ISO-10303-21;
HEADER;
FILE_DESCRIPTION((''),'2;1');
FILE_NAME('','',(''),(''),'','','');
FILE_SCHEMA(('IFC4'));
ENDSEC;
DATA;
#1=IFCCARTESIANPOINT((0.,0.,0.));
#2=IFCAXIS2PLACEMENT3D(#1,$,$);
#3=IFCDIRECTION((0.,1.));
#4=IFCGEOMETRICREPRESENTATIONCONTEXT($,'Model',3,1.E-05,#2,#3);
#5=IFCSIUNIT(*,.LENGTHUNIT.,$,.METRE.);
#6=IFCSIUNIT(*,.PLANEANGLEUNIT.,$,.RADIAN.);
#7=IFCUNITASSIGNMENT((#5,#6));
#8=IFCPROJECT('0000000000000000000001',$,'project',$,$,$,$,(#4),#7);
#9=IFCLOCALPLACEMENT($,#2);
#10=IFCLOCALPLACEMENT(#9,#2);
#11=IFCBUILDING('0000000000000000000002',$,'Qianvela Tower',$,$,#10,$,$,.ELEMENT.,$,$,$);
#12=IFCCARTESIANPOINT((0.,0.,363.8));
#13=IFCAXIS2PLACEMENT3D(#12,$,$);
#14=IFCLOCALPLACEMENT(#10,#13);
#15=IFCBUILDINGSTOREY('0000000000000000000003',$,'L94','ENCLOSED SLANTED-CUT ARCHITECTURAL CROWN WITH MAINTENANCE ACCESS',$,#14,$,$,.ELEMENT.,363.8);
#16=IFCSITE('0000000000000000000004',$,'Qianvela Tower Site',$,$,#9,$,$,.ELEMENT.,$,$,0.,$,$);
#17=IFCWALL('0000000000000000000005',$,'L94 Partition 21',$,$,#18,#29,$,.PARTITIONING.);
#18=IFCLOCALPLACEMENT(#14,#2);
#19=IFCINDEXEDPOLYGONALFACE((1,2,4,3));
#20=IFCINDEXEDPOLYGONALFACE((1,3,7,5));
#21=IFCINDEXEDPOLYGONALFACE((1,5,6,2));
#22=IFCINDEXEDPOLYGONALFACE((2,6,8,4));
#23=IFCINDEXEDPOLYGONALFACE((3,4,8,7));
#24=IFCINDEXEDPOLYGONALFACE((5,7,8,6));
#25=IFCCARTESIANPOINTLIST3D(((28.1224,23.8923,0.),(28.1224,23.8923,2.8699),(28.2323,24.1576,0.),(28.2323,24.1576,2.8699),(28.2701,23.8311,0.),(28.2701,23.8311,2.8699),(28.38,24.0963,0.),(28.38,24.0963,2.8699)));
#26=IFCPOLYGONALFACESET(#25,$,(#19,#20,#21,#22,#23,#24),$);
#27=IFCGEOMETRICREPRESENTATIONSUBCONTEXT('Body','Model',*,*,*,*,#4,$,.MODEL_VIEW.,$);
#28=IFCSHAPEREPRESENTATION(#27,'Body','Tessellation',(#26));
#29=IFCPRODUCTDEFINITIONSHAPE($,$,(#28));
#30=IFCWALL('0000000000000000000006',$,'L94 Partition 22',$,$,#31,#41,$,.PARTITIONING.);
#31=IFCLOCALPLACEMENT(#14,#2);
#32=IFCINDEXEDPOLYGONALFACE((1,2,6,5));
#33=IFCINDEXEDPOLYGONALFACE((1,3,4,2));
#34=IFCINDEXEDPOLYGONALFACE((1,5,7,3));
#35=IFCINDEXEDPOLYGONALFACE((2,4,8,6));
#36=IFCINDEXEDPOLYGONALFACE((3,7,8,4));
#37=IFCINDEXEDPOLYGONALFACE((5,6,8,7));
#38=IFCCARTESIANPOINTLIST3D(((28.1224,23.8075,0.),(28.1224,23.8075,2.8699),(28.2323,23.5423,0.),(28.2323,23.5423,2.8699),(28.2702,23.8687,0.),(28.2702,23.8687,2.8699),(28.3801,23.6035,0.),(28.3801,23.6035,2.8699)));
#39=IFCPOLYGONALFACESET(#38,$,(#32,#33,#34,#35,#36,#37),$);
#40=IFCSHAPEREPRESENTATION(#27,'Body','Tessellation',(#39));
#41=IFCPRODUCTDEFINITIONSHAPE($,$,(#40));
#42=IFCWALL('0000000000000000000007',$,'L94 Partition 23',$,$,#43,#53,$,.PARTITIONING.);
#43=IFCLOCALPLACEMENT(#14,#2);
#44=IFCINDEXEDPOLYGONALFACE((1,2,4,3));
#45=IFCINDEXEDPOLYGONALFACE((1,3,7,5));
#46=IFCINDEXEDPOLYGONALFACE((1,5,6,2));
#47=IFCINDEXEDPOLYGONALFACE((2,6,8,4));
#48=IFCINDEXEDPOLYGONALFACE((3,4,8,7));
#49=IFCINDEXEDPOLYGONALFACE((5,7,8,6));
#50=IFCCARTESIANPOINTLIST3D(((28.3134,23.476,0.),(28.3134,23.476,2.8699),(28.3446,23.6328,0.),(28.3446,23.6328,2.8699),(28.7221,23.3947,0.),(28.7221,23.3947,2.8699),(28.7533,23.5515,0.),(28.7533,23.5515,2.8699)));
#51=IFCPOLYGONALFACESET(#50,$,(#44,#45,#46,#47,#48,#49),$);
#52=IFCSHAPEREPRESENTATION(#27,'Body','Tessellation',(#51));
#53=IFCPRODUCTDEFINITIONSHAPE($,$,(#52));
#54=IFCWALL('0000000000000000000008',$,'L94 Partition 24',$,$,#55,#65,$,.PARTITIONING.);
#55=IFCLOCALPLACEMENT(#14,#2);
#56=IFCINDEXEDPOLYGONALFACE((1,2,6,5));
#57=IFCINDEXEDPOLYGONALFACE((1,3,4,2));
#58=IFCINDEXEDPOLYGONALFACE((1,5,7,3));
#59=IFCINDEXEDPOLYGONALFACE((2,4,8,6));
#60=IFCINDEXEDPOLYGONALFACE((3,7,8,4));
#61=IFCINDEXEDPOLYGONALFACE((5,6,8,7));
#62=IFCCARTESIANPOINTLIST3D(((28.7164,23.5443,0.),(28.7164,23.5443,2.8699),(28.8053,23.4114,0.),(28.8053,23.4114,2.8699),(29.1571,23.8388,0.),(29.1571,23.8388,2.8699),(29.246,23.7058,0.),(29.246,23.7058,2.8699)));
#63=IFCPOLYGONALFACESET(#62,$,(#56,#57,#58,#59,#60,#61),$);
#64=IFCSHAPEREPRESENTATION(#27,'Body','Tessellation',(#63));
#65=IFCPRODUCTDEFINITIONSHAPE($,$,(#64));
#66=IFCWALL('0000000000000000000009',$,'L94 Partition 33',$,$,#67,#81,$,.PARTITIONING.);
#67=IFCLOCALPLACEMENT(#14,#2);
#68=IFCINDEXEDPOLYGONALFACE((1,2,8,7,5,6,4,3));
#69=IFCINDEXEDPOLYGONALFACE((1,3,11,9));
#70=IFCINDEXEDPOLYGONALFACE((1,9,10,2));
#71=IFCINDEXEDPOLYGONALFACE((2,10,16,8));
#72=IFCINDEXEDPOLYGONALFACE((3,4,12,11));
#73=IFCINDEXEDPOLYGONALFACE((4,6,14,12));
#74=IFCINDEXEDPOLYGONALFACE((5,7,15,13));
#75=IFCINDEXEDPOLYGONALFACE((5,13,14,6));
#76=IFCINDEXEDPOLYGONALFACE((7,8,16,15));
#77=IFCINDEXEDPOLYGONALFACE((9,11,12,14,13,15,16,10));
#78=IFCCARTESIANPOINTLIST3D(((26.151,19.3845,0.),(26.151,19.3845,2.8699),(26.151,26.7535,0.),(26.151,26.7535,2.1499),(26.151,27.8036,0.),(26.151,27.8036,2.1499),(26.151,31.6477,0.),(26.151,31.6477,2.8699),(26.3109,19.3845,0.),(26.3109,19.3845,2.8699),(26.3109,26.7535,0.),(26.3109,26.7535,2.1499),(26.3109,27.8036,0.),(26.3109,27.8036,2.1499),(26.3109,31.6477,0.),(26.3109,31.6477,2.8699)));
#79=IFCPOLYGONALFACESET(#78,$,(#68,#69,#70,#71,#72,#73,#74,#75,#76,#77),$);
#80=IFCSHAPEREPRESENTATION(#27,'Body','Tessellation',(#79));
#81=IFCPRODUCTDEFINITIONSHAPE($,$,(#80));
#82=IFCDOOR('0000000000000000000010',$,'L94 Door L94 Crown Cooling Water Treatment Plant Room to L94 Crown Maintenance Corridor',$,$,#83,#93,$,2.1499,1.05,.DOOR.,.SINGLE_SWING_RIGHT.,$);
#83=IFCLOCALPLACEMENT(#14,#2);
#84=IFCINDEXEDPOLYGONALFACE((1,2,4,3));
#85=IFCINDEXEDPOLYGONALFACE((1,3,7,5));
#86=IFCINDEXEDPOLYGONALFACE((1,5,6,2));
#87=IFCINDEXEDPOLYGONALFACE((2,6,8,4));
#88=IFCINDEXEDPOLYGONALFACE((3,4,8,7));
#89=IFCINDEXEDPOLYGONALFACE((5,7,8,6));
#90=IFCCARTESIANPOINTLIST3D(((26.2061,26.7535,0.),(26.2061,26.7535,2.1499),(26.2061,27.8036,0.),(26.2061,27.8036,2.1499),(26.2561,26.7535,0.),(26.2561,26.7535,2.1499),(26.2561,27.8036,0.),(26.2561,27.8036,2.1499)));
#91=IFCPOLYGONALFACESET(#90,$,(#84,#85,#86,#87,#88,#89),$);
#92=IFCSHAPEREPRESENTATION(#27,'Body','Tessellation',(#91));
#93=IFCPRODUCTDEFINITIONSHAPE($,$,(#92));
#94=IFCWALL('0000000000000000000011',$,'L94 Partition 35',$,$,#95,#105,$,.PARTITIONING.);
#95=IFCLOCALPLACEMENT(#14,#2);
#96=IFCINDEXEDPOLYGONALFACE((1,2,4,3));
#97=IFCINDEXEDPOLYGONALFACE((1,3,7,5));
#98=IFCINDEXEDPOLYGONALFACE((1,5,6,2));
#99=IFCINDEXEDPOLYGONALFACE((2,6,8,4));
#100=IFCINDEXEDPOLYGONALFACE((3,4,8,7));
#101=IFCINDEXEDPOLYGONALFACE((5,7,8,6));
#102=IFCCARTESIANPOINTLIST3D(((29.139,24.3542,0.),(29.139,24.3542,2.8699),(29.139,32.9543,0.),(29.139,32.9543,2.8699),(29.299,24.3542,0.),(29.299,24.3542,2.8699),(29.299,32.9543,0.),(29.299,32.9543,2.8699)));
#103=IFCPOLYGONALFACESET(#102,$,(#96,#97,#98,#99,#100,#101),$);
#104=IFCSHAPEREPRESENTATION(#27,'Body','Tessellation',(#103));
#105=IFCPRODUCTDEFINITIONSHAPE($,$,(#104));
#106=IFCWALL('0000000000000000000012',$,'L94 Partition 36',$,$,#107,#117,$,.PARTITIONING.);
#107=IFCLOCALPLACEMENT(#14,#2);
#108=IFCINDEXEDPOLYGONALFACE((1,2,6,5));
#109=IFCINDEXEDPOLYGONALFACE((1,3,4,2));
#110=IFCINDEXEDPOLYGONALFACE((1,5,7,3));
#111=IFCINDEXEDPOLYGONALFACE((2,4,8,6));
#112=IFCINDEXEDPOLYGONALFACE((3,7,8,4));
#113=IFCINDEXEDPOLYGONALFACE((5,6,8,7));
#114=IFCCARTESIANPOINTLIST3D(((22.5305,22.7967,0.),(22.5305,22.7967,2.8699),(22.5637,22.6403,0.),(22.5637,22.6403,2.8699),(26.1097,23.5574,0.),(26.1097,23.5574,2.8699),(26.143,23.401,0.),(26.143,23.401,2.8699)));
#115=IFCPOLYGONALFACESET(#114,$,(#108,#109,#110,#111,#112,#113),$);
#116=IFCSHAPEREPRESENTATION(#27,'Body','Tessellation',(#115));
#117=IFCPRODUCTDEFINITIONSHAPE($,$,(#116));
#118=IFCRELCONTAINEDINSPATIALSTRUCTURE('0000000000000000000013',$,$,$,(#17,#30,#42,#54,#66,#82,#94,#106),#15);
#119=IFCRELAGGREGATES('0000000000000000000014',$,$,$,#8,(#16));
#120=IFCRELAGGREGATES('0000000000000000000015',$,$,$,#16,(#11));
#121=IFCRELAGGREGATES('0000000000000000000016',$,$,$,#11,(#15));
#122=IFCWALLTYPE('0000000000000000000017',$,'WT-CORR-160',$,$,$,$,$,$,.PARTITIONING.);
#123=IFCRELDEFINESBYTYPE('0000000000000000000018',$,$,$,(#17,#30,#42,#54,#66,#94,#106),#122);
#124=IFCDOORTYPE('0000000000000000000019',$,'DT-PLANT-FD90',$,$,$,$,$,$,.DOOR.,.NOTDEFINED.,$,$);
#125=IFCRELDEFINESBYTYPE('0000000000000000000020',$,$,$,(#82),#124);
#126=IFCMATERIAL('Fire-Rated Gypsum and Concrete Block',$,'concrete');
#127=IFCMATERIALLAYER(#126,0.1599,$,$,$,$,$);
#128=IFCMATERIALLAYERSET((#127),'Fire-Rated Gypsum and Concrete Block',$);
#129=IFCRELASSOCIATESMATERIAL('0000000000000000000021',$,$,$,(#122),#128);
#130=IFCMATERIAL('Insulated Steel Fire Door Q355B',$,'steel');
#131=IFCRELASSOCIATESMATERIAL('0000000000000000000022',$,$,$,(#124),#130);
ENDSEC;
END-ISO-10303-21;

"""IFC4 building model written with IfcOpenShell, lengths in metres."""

from ifc_helpers import new_model, si_unit, direction, frame, frame_2d, origin, place, context, subcontext, project, spatial, rectangle, extrude, material, layer, layer_set, type_object, element, fill, save


model = new_model("IFC4")

# Units and contexts
model_context = context("Model", 3, precision=1e-05, world=origin(), true_north=direction((0.0, 1.0)))
body_context = subcontext(model_context, "Body", "Model", "MODEL_VIEW")
ifc_project = project(units=[si_unit("LENGTHUNIT", "METRE"), si_unit("PLANEANGLEUNIT", "RADIAN")], contexts=[model_context])

# Site, building, storey
site_placement = place(None, origin())
site = spatial("IfcSite", under=ifc_project, at=site_placement, Name="Qianvela Tower Site", CompositionType="ELEMENT", RefElevation=0.0)
building_placement = place(site_placement, origin())
building = spatial("IfcBuilding", under=site, at=building_placement, Name="Qianvela Tower", CompositionType="ELEMENT")
storey_placement = place(building_placement, frame((0.0, 0.0, 363.8)))
storey = spatial("IfcBuildingStorey", under=building, at=storey_placement, Name="L94", Description="ENCLOSED SLANTED-CUT ARCHITECTURAL CROWN WITH MAINTENANCE ACCESS", CompositionType="ELEMENT", Elevation=363.8)

# Walls
ifc_material_1 = material(Name="Fire-Rated Gypsum and Concrete Block", Category="concrete")
ifc_layer_1 = layer(ifc_material_1, 0.1599)
ifc_layer_set_1 = layer_set([ifc_layer_1], Name="Fire-Rated Gypsum and Concrete Block")
wall_type_1 = type_object("IfcWallType", Name="WT-CORR-160", PredefinedType="PARTITIONING", material=ifc_layer_set_1)
for number, where, z_axis, x_axis, name in (
    (1, (28.3062, 24.127, 0.0), (0.0, 0.0, 1.0), (-0.382803, -0.92383, 0.0), "L94 Partition 21"),
    (2, (28.1963, 23.8381, 0.0), (0.0, 0.0, 1.0), (0.382803, -0.92383, 0.0), "L94 Partition 22"),
):
    element("IfcWall", number, at=place(storey_placement, frame(where, z_axis=z_axis, x_axis=x_axis)), inside=storey, type_object=wall_type_1, Name=name, PredefinedType="PARTITIONING", context=body_context, shape_type="SweptSolid", body=[
        extrude(rectangle(XDim=0.2871, YDim=0.1599, at=frame_2d((0.1436, 0.0))), origin(), (0.0, 0.0, 1.0), 2.8699),
    ])
wall_1_placement = place(storey_placement, frame((28.3289, 23.5544, 0.0), z_axis=(0.0, 0.0, 1.0), x_axis=(0.980783, -0.195102, 0.0)))
element("IfcWall", 3, at=wall_1_placement, inside=storey, type_object=wall_type_1, Name="L94 Partition 23", PredefinedType="PARTITIONING", context=body_context, shape_type="SweptSolid", body=[
    extrude(rectangle(XDim=0.4167, YDim=0.1599, at=frame_2d((0.2085, 0.0))), origin(), (0.0, 0.0, 1.0), 2.8699),
])
wall_2_placement = place(storey_placement, frame((28.7607, 23.4778, 0.0), z_axis=(0.0, 0.0, 1.0), x_axis=(0.831483, 0.55555, 0.0)))
element("IfcWall", 4, at=wall_2_placement, inside=storey, type_object=wall_type_1, Name="L94 Partition 24", PredefinedType="PARTITIONING", context=body_context, shape_type="SweptSolid", body=[
    extrude(rectangle(XDim=0.53, YDim=0.1599, at=frame_2d((0.2651, 0.0))), origin(), (0.0, 0.0, 1.0), 2.8699),
])

# Shared definitions
ifc_material_2 = material(Name="Insulated Steel Fire Door Q355B", Category="steel")
door_type_1 = type_object("IfcDoorType", Name="DT-PLANT-FD90", OperationType="NOTDEFINED", PredefinedType="DOOR", material=ifc_material_2)

# Wall, opening, door
wall_3_placement = place(storey_placement, frame((26.231, 19.3845, 0.0), z_axis=(0.0, 0.0, 1.0), x_axis=(0.0, 1.0, 0.0)))
wall_3 = element("IfcWall", 5, at=wall_3_placement, inside=storey, type_object=wall_type_1, Name="L94 Partition 33", PredefinedType="PARTITIONING", context=body_context, shape_type="SweptSolid", body=[
    extrude(rectangle(XDim=12.2632, YDim=0.1599, at=frame_2d((6.1316, 0.0))), origin(), (0.0, 0.0, 1.0), 2.8699),
])
opening_1_placement = place(wall_3_placement, frame((7.3691, 0.0, 0.0)))
opening_1 = element("IfcOpeningElement", 6, at=opening_1_placement, cuts=wall_3, PredefinedType="OPENING", context=body_context, shape_type="SweptSolid", body=[
    extrude(rectangle(XDim=1.05, YDim=2.1499, at=frame_2d((0.5249, 1.075))), frame((0.0, 0.0898, 0.0), z_axis=(0.0, -1.0, 0.0), x_axis=(1.0, 0.0, 0.0)), (0.0, 0.0, 1.0), 0.1799),
])
door_1_placement = place(opening_1_placement, origin())
door_1 = element("IfcDoor", 7, at=door_1_placement, inside=storey, type_object=door_type_1, Name="L94 Door L94 Crown Cooling Water Treatment Plant Room to L94 Crown Maintenance Corridor", OperationType="SINGLE_SWING_RIGHT", OverallHeight=2.1499, OverallWidth=1.05, PredefinedType="DOOR", context=body_context, shape_type="SweptSolid", body=[
    extrude(rectangle(XDim=1.05, YDim=2.1499, at=frame_2d((0.5249, 1.075))), frame((0.0, 0.0249, 0.0), z_axis=(0.0, -1.0, 0.0), x_axis=(1.0, 0.0, 0.0)), (0.0, 0.0, 1.0), 0.05),
])
fill(opening_1, door_1)

# Walls
wall_4_placement = place(storey_placement, frame((29.219, 32.9543, 0.0), z_axis=(0.0, 0.0, 1.0), x_axis=(0.0, -1.0, 0.0)))
element("IfcWall", 8, at=wall_4_placement, inside=storey, type_object=wall_type_1, Name="L94 Partition 35", PredefinedType="PARTITIONING", context=body_context, shape_type="SweptSolid", body=[
    extrude(rectangle(XDim=8.6001, YDim=0.1599, at=frame_2d((4.3, 0.0))), origin(), (0.0, 0.0, 1.0), 2.8699),
])
wall_5_placement = place(storey_placement, frame((22.5471, 22.7185, 0.0), z_axis=(0.0, 0.0, 1.0), x_axis=(0.978152, 0.207893, 0.0)))
element("IfcWall", 9, at=wall_5_placement, inside=storey, type_object=wall_type_1, Name="L94 Partition 36", PredefinedType="PARTITIONING", context=body_context, shape_type="SweptSolid", body=[
    extrude(rectangle(XDim=3.6592, YDim=0.1599, at=frame_2d((1.8296, 0.0))), origin(), (0.0, 0.0, 1.0), 2.8699),
])

save(model, "model.ifc")
